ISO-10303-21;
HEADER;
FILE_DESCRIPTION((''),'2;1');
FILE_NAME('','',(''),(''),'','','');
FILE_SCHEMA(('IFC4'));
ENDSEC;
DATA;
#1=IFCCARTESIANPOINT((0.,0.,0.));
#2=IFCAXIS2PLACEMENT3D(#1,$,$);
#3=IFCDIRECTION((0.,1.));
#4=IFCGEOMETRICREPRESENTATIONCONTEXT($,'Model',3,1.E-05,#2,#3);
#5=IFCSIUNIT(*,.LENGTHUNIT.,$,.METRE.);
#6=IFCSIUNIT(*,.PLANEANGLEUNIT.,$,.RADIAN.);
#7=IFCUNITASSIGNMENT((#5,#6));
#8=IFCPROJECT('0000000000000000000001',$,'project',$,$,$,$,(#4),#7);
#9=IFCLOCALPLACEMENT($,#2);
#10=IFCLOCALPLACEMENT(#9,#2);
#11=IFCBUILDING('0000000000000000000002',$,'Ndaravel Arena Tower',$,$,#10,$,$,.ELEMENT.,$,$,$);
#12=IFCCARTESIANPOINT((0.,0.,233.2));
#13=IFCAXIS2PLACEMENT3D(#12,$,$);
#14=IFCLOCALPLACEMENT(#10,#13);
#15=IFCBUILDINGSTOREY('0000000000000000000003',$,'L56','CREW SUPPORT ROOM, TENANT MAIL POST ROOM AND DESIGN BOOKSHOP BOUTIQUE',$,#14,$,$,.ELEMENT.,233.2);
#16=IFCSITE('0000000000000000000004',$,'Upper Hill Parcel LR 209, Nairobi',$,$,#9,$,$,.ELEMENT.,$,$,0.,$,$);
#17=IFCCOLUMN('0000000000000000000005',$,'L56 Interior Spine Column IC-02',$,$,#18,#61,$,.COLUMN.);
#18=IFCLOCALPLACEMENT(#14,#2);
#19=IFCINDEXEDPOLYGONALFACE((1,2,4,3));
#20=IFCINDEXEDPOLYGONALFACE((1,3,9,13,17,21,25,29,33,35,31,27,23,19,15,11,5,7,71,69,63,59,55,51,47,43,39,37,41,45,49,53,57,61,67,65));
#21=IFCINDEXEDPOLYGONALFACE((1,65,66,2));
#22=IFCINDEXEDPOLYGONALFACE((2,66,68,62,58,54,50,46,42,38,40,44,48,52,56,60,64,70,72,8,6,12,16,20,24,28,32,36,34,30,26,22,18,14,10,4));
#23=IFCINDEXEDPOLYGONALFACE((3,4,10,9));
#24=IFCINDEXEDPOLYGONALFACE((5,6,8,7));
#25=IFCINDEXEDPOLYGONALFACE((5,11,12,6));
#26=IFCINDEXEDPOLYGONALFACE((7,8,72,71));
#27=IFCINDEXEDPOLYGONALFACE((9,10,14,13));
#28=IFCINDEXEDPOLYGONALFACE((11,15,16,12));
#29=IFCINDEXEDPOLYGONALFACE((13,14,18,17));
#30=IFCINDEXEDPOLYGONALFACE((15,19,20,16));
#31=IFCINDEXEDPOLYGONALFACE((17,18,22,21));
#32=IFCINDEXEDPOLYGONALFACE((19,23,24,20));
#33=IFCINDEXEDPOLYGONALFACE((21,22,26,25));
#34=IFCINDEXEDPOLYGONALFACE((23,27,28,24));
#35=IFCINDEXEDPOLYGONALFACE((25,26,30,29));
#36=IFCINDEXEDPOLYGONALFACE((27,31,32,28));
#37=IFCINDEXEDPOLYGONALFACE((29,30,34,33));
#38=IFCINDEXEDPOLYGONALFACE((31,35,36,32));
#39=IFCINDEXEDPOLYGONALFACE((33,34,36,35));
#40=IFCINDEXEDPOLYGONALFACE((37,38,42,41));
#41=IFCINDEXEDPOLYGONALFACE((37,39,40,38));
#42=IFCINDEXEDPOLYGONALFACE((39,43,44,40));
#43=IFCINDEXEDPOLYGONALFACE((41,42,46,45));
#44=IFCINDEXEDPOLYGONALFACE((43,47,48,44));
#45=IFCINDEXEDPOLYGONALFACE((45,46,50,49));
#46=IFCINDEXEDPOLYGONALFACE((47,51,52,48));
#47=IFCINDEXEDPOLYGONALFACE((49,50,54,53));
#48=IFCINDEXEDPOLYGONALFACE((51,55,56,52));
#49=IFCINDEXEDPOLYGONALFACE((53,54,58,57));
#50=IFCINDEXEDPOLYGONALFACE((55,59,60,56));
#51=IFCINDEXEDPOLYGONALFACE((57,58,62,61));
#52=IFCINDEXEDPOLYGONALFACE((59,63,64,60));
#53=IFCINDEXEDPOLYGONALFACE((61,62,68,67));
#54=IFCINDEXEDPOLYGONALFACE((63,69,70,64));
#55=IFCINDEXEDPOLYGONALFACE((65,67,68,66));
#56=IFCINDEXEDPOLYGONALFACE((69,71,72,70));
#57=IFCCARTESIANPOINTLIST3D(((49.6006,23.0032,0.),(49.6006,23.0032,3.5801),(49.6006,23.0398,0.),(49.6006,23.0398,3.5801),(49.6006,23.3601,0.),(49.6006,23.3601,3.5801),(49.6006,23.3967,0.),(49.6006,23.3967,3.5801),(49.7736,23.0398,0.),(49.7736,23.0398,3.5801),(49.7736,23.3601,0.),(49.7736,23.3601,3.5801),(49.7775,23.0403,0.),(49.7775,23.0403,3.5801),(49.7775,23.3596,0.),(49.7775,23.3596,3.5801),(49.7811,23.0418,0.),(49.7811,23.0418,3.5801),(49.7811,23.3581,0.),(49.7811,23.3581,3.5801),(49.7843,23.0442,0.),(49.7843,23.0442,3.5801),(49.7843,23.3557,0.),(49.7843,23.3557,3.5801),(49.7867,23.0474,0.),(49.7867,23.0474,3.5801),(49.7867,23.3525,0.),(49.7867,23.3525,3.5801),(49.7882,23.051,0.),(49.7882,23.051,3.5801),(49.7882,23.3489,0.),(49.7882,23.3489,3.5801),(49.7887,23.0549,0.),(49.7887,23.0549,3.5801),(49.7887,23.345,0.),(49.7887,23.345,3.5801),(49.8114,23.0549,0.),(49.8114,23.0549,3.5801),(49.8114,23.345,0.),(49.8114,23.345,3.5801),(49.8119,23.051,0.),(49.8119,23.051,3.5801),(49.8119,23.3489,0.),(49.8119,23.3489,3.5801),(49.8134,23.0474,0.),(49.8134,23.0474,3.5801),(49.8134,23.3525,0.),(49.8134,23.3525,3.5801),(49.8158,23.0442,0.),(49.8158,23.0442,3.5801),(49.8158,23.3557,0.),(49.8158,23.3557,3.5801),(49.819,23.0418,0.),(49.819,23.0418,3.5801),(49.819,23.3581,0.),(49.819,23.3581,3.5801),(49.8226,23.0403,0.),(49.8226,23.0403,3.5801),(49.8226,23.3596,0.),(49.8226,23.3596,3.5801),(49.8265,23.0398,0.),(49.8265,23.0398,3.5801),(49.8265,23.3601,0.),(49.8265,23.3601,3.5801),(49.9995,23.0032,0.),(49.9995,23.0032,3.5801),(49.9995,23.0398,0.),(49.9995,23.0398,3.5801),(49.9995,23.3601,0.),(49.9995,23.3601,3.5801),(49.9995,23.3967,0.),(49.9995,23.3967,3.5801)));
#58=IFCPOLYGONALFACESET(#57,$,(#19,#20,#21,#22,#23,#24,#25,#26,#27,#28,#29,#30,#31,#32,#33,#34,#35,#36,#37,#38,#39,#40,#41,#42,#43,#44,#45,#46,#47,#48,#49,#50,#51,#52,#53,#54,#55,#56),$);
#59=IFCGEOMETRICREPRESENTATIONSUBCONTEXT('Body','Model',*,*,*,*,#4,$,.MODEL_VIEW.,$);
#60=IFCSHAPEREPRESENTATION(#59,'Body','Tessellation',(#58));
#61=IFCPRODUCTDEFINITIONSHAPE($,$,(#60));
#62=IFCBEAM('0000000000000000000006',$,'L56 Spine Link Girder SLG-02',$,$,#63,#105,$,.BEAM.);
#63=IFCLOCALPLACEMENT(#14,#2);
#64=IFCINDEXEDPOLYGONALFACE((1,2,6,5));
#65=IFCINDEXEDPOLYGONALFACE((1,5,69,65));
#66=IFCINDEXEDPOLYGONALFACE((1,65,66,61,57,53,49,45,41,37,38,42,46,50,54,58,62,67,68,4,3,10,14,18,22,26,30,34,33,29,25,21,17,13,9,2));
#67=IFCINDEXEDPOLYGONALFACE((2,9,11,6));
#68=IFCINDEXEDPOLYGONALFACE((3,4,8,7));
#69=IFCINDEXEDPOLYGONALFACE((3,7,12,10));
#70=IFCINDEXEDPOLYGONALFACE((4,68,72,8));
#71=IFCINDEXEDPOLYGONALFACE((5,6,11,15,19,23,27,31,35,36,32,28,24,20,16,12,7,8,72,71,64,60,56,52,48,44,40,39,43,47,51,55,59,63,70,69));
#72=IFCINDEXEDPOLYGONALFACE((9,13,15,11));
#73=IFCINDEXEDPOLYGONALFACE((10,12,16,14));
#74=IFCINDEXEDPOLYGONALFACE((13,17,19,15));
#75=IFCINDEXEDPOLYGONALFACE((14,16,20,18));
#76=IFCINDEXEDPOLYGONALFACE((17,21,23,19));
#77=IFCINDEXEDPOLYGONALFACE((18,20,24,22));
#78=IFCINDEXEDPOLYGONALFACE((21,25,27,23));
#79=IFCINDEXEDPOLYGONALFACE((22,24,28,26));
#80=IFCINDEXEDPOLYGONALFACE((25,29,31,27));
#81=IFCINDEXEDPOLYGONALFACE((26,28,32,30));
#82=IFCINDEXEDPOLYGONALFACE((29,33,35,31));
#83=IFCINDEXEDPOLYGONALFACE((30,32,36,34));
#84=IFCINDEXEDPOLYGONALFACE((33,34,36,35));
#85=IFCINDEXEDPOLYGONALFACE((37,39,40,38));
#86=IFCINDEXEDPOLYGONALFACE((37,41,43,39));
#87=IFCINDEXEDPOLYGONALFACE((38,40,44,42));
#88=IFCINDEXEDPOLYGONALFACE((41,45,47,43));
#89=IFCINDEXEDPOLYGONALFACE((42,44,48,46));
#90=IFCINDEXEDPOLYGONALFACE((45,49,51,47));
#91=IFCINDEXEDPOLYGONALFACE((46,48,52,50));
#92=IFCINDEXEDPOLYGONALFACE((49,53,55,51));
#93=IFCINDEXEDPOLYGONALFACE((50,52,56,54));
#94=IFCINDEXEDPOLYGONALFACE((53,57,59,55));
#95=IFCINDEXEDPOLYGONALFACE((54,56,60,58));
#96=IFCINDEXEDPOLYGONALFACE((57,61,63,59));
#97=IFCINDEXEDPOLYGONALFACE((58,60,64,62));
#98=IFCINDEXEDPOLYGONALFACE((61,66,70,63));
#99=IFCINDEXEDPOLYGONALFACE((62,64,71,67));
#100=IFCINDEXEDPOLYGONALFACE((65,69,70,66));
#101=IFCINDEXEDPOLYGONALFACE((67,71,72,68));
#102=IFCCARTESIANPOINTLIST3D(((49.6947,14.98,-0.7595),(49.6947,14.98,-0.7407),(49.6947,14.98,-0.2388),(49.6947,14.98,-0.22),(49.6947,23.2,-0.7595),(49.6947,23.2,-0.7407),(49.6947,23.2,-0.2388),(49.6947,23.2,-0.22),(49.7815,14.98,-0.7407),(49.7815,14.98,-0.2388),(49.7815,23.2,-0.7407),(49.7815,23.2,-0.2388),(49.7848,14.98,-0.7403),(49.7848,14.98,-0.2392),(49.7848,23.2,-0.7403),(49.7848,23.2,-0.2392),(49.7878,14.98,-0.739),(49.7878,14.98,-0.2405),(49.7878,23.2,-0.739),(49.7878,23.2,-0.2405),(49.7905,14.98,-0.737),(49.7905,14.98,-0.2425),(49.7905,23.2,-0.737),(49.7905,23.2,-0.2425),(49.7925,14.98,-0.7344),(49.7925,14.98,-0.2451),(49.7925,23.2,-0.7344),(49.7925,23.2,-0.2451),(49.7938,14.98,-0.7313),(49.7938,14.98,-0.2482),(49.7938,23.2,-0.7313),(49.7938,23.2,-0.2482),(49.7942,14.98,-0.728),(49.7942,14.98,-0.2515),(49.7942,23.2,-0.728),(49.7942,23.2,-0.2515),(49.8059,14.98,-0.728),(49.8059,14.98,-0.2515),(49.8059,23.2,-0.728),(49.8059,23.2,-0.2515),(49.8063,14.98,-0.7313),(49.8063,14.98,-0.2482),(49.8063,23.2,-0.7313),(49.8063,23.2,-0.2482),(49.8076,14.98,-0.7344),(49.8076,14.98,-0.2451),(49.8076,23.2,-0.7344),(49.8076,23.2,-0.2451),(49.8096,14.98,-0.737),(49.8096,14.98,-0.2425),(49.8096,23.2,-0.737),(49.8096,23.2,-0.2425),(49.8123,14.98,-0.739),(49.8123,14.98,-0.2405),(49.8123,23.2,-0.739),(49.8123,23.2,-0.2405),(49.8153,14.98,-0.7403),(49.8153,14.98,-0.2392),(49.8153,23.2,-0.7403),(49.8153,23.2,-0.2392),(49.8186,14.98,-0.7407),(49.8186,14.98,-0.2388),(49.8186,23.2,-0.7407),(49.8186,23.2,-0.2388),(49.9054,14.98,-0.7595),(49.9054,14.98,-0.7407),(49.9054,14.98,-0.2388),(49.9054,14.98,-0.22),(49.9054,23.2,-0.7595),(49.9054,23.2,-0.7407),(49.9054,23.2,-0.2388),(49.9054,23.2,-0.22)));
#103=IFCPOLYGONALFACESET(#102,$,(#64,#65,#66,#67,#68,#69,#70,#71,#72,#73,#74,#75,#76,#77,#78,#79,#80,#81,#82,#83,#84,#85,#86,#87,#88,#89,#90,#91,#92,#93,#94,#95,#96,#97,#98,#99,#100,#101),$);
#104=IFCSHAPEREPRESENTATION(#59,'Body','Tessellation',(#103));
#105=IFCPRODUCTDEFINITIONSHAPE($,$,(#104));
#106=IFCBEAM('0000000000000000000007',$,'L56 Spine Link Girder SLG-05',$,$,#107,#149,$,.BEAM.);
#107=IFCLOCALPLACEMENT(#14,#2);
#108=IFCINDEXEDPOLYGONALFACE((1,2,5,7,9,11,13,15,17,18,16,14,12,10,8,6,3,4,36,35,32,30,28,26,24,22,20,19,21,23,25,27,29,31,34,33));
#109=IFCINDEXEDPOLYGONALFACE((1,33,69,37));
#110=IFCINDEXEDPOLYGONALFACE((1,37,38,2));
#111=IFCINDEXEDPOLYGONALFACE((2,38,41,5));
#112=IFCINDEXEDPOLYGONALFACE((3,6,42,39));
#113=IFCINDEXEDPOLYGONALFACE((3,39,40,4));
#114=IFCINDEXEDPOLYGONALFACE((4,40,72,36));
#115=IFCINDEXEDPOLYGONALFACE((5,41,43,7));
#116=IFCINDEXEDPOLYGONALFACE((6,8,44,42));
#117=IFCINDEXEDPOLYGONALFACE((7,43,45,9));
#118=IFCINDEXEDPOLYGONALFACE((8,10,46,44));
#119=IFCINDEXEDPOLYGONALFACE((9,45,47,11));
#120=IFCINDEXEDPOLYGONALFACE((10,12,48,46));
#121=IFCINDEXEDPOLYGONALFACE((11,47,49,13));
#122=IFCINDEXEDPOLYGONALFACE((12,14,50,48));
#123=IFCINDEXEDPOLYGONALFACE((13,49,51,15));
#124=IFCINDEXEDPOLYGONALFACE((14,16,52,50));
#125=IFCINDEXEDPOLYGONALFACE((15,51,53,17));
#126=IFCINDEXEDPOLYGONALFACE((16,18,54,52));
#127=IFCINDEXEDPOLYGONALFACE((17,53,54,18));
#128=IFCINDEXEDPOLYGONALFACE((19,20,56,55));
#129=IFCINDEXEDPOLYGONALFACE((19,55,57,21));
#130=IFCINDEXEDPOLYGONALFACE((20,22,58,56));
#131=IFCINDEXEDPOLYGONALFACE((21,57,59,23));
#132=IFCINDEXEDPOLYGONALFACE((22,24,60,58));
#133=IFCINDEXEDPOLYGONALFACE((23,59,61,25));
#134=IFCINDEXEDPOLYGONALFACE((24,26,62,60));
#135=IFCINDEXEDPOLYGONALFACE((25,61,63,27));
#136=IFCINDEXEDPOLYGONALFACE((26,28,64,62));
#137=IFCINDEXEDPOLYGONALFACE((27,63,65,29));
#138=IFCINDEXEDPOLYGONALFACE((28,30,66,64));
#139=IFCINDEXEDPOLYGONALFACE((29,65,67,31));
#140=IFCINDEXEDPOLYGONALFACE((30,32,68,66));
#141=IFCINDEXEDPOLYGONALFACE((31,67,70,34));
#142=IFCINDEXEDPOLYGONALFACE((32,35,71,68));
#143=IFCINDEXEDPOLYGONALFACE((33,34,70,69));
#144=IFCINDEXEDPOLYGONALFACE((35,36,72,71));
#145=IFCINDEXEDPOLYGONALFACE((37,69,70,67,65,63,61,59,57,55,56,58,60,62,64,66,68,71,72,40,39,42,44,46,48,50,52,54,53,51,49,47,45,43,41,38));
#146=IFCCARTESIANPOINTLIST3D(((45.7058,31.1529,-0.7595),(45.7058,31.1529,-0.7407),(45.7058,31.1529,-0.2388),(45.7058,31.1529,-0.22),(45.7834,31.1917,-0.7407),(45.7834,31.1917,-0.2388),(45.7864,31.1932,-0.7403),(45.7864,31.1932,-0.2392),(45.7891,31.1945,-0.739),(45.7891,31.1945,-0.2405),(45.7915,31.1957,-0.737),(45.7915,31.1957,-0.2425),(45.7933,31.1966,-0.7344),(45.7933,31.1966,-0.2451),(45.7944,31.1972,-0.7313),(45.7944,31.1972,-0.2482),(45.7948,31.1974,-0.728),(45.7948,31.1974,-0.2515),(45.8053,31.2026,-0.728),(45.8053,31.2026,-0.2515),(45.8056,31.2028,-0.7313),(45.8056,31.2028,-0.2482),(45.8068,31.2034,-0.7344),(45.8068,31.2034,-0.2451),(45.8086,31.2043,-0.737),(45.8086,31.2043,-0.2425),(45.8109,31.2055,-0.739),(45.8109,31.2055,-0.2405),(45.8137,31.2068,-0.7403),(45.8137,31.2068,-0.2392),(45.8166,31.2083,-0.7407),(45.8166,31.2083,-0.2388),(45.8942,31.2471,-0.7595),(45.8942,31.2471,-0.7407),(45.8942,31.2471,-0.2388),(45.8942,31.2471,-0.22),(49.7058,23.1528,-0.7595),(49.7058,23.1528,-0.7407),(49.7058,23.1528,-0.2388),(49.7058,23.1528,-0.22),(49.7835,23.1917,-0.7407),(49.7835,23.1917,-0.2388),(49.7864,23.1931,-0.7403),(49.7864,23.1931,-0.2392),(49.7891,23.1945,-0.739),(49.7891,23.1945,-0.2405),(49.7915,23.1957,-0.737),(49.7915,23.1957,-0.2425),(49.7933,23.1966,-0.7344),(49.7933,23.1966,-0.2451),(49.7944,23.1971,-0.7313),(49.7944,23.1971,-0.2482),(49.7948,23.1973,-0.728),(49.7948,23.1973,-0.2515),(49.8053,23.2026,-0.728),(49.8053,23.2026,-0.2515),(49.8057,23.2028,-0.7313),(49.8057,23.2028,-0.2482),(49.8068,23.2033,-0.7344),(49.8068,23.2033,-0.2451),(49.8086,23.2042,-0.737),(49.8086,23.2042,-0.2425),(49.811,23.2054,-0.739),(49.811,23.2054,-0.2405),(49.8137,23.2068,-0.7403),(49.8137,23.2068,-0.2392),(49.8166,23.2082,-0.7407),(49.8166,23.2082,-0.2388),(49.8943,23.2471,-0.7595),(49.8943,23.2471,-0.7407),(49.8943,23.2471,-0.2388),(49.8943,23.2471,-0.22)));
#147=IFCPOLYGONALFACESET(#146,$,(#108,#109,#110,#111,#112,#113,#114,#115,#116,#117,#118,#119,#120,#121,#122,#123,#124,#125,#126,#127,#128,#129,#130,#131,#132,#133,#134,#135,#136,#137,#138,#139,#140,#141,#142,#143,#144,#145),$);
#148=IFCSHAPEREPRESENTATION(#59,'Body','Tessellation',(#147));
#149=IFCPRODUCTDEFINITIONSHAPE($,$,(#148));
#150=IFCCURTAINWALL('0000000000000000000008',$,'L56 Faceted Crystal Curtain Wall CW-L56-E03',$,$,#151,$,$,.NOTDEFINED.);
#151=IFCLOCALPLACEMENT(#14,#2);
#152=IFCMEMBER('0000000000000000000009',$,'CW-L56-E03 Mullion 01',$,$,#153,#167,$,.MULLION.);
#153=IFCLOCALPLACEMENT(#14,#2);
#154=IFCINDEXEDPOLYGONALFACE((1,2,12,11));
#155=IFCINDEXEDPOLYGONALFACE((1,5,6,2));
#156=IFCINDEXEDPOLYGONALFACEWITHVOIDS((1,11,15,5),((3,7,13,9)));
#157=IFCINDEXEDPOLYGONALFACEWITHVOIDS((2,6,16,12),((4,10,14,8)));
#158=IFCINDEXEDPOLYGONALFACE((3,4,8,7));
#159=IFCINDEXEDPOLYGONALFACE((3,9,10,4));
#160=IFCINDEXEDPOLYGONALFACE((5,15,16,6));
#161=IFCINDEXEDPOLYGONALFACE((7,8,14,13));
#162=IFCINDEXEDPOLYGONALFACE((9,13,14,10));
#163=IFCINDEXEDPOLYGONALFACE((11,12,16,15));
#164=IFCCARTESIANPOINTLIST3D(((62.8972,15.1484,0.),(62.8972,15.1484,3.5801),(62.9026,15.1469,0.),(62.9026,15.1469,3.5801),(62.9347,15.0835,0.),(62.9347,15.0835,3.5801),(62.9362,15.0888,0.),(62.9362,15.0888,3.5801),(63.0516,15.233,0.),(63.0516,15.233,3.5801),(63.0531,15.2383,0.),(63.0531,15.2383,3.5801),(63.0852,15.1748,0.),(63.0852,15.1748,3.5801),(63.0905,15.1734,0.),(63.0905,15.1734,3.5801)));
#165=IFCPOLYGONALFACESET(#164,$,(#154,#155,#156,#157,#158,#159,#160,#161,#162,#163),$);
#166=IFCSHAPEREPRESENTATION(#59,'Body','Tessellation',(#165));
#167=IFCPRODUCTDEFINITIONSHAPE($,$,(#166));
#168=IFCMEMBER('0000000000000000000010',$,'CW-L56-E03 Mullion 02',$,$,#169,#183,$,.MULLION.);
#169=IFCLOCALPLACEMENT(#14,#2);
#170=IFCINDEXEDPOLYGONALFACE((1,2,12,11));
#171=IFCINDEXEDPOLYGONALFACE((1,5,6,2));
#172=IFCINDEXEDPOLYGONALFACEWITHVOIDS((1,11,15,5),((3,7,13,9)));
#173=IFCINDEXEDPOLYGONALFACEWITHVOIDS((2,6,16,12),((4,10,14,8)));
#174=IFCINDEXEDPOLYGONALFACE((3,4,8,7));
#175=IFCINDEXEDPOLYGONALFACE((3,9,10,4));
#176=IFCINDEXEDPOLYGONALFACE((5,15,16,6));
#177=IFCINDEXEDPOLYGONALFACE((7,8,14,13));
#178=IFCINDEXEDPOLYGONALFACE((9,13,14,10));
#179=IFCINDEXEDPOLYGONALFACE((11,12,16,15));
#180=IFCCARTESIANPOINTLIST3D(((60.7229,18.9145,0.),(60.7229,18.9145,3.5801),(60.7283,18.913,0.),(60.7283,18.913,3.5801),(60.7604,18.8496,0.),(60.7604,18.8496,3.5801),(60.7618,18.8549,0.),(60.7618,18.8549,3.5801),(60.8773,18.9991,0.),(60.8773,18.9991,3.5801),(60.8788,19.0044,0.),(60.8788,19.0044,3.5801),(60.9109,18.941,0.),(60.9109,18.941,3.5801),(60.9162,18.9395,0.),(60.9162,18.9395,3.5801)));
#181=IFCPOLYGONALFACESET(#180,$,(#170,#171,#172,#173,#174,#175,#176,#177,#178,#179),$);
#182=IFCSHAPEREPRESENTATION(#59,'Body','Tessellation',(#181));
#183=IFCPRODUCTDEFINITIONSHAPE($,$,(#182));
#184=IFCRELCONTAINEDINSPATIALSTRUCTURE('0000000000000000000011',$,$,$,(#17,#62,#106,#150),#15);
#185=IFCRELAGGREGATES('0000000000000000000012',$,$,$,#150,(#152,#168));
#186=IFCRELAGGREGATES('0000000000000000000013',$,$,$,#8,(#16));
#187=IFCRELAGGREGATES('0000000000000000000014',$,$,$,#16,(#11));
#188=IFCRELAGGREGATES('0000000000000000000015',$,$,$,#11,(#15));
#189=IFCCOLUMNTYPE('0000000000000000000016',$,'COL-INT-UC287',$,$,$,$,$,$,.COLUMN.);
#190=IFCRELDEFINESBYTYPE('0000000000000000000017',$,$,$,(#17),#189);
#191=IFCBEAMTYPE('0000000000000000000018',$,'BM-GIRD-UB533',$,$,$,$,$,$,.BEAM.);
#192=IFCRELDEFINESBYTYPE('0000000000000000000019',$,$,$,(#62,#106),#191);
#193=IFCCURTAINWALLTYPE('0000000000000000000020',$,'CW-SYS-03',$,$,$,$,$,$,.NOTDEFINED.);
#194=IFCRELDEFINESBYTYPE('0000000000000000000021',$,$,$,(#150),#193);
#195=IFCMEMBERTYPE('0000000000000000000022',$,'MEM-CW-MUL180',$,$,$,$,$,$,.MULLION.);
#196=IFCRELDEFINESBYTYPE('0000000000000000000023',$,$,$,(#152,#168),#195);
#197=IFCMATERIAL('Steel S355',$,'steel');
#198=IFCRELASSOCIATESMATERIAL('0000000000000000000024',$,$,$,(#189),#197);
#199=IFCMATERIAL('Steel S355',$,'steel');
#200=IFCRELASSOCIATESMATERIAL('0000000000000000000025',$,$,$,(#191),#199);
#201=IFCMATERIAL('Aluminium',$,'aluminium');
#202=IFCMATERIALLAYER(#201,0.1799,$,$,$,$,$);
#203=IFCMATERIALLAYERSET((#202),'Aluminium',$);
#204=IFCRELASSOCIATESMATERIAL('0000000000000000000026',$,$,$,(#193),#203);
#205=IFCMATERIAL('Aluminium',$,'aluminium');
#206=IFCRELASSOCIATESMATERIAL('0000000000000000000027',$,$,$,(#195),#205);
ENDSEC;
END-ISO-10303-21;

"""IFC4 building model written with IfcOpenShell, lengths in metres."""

from ifc_helpers import new_model, si_unit, direction, frame, origin, origin_2d, place, context, subcontext, project, spatial, hollow_rectangle, i_section, extrude, material, layer, layer_set, material_profile, profile_set, type_object, element, aggregate, save


model = new_model("IFC4")

# Units and contexts
model_context = context("Model", 3, precision=1e-05, world=origin(), true_north=direction((0.0, 1.0)))
body_context = subcontext(model_context, "Body", "Model", "MODEL_VIEW")
ifc_project = project(units=[si_unit("LENGTHUNIT", "METRE"), si_unit("PLANEANGLEUNIT", "RADIAN")], contexts=[model_context])

# Site, building, storey
site_placement = place(None, origin())
site = spatial("IfcSite", under=ifc_project, at=site_placement, Name="Upper Hill Parcel LR 209, Nairobi", CompositionType="ELEMENT", RefElevation=0.0)
building_placement = place(site_placement, origin())
building = spatial("IfcBuilding", under=site, at=building_placement, Name="Ndaravel Arena Tower", CompositionType="ELEMENT")
storey_placement = place(building_placement, frame((0.0, 0.0, 233.2)))
storey = spatial("IfcBuildingStorey", under=building, at=storey_placement, Name="L56", Description="CREW SUPPORT ROOM, TENANT MAIL POST ROOM AND DESIGN BOOKSHOP BOUTIQUE", CompositionType="ELEMENT", Elevation=233.2)

# Column
ifc_material_1 = material(Name="Steel S355", Category="steel")
ifc_material_profile_1 = material_profile(ifc_material_1, i_section(OverallWidth=0.3989, OverallDepth=0.3936, WebThickness=0.0227, FlangeThickness=0.0366, FilletRadius=0.0151, at=origin_2d()), Name="UC 356x406x287")
ifc_profile_set_1 = profile_set([ifc_material_profile_1], Name="Steel S355")
column_type = type_object("IfcColumnType", Name="COL-INT-UC287", PredefinedType="COLUMN", material=ifc_profile_set_1)
column_placement = place(storey_placement, frame((49.8, 23.2, 0.0), z_axis=(0.0, 0.0, 1.0), x_axis=(1.0, 0.0, 0.0)))
element("IfcColumn", 1, at=column_placement, inside=storey, type_object=column_type, Name="L56 Interior Spine Column IC-02", PredefinedType="COLUMN", context=body_context, shape_type="SweptSolid", body=[
    extrude(i_section(OverallWidth=0.3989, OverallDepth=0.3936, WebThickness=0.0227, FlangeThickness=0.0366, FilletRadius=0.0151, at=origin_2d()), origin(), (0.0, 0.0, 1.0), 3.5801),
])

# Beams
ifc_material_2 = material(Name="Steel S355", Category="steel")
ifc_material_profile_2 = material_profile(ifc_material_2, i_section(OverallWidth=0.2107, OverallDepth=0.5396, WebThickness=0.0117, FlangeThickness=0.0188, FilletRadius=0.0127, at=origin_2d()), Name="UB 533x210x109")
ifc_profile_set_2 = profile_set([ifc_material_profile_2], Name="Steel S355")
beam_type = type_object("IfcBeamType", Name="BM-GIRD-UB533", PredefinedType="BEAM", material=ifc_profile_set_2)
beam_1_placement = place(storey_placement, frame((49.8, 14.98, -0.4897), z_axis=(0.0, 1.0, 0.0), x_axis=(-1.0, 0.0, 0.0)))
element("IfcBeam", 2, at=beam_1_placement, inside=storey, type_object=beam_type, Name="L56 Spine Link Girder SLG-02", PredefinedType="BEAM", context=body_context, shape_type="SweptSolid", body=[
    extrude(i_section(OverallWidth=0.2107, OverallDepth=0.5396, WebThickness=0.0117, FlangeThickness=0.0188, FilletRadius=0.0127, at=origin_2d()), origin(), (0.0, 0.0, 1.0), 8.22),
])
beam_2_placement = place(storey_placement, frame((49.8, 23.2, -0.4897), z_axis=(-0.447214, 0.894427, 0.0), x_axis=(-0.894427, -0.447214, 0.0)))
element("IfcBeam", 3, at=beam_2_placement, inside=storey, type_object=beam_type, Name="L56 Spine Link Girder SLG-05", PredefinedType="BEAM", context=body_context, shape_type="SweptSolid", body=[
    extrude(i_section(OverallWidth=0.2107, OverallDepth=0.5396, WebThickness=0.0117, FlangeThickness=0.0188, FilletRadius=0.0127, at=origin_2d()), origin(), (0.0, 0.0, 1.0), 8.9443),
])

# Curtain wall, members
ifc_material_3 = material(Name="Aluminium", Category="aluminium")
ifc_layer_1 = layer(ifc_material_3, 0.1799)
ifc_layer_set_1 = layer_set([ifc_layer_1], Name="Aluminium")
curtain_wall_type = type_object("IfcCurtainWallType", Name="CW-SYS-03", PredefinedType="NOTDEFINED", material=ifc_layer_set_1)
curtain_wall_placement = place(storey_placement, origin())
curtain_wall = element("IfcCurtainWall", 4, at=curtain_wall_placement, inside=storey, type_object=curtain_wall_type, Name="L56 Faceted Crystal Curtain Wall CW-L56-E03", PredefinedType="NOTDEFINED")
ifc_material_4 = material(Name="Aluminium", Category="aluminium")
ifc_material_profile_3 = material_profile(ifc_material_4, hollow_rectangle(XDim=0.075, YDim=0.1799, WallThickness=0.0039, at=origin_2d()), Name="CW MULLION 75x180x4")
ifc_profile_set_3 = profile_set([ifc_material_profile_3], Name="Aluminium")
member_type = type_object("IfcMemberType", Name="MEM-CW-MUL180", PredefinedType="MULLION", material=ifc_profile_set_3)
member_1_placement = place(storey_placement, frame((62.9939, 15.1609, 0.0), z_axis=(0.0, 0.0, 1.0), x_axis=(-0.5, 0.866025, 0.0)))
member_1 = element("IfcMember", 5, at=member_1_placement, type_object=member_type, Name="CW-L56-E03 Mullion 01", PredefinedType="MULLION", context=body_context, shape_type="SweptSolid", body=[
    extrude(hollow_rectangle(XDim=0.075, YDim=0.1799, WallThickness=0.0039, at=origin_2d()), origin(), (0.0, 0.0, 1.0), 3.5801),
])
member_2_placement = place(storey_placement, frame((60.8196, 18.927, 0.0), z_axis=(0.0, 0.0, 1.0), x_axis=(-0.5, 0.866025, 0.0)))
member_2 = element("IfcMember", 6, at=member_2_placement, type_object=member_type, Name="CW-L56-E03 Mullion 02", PredefinedType="MULLION", context=body_context, shape_type="SweptSolid", body=[
    extrude(hollow_rectangle(XDim=0.075, YDim=0.1799, WallThickness=0.0039, at=origin_2d()), origin(), (0.0, 0.0, 1.0), 3.5801),
])
aggregate(curtain_wall, [member_1, member_2])

save(model, "model.ifc")
